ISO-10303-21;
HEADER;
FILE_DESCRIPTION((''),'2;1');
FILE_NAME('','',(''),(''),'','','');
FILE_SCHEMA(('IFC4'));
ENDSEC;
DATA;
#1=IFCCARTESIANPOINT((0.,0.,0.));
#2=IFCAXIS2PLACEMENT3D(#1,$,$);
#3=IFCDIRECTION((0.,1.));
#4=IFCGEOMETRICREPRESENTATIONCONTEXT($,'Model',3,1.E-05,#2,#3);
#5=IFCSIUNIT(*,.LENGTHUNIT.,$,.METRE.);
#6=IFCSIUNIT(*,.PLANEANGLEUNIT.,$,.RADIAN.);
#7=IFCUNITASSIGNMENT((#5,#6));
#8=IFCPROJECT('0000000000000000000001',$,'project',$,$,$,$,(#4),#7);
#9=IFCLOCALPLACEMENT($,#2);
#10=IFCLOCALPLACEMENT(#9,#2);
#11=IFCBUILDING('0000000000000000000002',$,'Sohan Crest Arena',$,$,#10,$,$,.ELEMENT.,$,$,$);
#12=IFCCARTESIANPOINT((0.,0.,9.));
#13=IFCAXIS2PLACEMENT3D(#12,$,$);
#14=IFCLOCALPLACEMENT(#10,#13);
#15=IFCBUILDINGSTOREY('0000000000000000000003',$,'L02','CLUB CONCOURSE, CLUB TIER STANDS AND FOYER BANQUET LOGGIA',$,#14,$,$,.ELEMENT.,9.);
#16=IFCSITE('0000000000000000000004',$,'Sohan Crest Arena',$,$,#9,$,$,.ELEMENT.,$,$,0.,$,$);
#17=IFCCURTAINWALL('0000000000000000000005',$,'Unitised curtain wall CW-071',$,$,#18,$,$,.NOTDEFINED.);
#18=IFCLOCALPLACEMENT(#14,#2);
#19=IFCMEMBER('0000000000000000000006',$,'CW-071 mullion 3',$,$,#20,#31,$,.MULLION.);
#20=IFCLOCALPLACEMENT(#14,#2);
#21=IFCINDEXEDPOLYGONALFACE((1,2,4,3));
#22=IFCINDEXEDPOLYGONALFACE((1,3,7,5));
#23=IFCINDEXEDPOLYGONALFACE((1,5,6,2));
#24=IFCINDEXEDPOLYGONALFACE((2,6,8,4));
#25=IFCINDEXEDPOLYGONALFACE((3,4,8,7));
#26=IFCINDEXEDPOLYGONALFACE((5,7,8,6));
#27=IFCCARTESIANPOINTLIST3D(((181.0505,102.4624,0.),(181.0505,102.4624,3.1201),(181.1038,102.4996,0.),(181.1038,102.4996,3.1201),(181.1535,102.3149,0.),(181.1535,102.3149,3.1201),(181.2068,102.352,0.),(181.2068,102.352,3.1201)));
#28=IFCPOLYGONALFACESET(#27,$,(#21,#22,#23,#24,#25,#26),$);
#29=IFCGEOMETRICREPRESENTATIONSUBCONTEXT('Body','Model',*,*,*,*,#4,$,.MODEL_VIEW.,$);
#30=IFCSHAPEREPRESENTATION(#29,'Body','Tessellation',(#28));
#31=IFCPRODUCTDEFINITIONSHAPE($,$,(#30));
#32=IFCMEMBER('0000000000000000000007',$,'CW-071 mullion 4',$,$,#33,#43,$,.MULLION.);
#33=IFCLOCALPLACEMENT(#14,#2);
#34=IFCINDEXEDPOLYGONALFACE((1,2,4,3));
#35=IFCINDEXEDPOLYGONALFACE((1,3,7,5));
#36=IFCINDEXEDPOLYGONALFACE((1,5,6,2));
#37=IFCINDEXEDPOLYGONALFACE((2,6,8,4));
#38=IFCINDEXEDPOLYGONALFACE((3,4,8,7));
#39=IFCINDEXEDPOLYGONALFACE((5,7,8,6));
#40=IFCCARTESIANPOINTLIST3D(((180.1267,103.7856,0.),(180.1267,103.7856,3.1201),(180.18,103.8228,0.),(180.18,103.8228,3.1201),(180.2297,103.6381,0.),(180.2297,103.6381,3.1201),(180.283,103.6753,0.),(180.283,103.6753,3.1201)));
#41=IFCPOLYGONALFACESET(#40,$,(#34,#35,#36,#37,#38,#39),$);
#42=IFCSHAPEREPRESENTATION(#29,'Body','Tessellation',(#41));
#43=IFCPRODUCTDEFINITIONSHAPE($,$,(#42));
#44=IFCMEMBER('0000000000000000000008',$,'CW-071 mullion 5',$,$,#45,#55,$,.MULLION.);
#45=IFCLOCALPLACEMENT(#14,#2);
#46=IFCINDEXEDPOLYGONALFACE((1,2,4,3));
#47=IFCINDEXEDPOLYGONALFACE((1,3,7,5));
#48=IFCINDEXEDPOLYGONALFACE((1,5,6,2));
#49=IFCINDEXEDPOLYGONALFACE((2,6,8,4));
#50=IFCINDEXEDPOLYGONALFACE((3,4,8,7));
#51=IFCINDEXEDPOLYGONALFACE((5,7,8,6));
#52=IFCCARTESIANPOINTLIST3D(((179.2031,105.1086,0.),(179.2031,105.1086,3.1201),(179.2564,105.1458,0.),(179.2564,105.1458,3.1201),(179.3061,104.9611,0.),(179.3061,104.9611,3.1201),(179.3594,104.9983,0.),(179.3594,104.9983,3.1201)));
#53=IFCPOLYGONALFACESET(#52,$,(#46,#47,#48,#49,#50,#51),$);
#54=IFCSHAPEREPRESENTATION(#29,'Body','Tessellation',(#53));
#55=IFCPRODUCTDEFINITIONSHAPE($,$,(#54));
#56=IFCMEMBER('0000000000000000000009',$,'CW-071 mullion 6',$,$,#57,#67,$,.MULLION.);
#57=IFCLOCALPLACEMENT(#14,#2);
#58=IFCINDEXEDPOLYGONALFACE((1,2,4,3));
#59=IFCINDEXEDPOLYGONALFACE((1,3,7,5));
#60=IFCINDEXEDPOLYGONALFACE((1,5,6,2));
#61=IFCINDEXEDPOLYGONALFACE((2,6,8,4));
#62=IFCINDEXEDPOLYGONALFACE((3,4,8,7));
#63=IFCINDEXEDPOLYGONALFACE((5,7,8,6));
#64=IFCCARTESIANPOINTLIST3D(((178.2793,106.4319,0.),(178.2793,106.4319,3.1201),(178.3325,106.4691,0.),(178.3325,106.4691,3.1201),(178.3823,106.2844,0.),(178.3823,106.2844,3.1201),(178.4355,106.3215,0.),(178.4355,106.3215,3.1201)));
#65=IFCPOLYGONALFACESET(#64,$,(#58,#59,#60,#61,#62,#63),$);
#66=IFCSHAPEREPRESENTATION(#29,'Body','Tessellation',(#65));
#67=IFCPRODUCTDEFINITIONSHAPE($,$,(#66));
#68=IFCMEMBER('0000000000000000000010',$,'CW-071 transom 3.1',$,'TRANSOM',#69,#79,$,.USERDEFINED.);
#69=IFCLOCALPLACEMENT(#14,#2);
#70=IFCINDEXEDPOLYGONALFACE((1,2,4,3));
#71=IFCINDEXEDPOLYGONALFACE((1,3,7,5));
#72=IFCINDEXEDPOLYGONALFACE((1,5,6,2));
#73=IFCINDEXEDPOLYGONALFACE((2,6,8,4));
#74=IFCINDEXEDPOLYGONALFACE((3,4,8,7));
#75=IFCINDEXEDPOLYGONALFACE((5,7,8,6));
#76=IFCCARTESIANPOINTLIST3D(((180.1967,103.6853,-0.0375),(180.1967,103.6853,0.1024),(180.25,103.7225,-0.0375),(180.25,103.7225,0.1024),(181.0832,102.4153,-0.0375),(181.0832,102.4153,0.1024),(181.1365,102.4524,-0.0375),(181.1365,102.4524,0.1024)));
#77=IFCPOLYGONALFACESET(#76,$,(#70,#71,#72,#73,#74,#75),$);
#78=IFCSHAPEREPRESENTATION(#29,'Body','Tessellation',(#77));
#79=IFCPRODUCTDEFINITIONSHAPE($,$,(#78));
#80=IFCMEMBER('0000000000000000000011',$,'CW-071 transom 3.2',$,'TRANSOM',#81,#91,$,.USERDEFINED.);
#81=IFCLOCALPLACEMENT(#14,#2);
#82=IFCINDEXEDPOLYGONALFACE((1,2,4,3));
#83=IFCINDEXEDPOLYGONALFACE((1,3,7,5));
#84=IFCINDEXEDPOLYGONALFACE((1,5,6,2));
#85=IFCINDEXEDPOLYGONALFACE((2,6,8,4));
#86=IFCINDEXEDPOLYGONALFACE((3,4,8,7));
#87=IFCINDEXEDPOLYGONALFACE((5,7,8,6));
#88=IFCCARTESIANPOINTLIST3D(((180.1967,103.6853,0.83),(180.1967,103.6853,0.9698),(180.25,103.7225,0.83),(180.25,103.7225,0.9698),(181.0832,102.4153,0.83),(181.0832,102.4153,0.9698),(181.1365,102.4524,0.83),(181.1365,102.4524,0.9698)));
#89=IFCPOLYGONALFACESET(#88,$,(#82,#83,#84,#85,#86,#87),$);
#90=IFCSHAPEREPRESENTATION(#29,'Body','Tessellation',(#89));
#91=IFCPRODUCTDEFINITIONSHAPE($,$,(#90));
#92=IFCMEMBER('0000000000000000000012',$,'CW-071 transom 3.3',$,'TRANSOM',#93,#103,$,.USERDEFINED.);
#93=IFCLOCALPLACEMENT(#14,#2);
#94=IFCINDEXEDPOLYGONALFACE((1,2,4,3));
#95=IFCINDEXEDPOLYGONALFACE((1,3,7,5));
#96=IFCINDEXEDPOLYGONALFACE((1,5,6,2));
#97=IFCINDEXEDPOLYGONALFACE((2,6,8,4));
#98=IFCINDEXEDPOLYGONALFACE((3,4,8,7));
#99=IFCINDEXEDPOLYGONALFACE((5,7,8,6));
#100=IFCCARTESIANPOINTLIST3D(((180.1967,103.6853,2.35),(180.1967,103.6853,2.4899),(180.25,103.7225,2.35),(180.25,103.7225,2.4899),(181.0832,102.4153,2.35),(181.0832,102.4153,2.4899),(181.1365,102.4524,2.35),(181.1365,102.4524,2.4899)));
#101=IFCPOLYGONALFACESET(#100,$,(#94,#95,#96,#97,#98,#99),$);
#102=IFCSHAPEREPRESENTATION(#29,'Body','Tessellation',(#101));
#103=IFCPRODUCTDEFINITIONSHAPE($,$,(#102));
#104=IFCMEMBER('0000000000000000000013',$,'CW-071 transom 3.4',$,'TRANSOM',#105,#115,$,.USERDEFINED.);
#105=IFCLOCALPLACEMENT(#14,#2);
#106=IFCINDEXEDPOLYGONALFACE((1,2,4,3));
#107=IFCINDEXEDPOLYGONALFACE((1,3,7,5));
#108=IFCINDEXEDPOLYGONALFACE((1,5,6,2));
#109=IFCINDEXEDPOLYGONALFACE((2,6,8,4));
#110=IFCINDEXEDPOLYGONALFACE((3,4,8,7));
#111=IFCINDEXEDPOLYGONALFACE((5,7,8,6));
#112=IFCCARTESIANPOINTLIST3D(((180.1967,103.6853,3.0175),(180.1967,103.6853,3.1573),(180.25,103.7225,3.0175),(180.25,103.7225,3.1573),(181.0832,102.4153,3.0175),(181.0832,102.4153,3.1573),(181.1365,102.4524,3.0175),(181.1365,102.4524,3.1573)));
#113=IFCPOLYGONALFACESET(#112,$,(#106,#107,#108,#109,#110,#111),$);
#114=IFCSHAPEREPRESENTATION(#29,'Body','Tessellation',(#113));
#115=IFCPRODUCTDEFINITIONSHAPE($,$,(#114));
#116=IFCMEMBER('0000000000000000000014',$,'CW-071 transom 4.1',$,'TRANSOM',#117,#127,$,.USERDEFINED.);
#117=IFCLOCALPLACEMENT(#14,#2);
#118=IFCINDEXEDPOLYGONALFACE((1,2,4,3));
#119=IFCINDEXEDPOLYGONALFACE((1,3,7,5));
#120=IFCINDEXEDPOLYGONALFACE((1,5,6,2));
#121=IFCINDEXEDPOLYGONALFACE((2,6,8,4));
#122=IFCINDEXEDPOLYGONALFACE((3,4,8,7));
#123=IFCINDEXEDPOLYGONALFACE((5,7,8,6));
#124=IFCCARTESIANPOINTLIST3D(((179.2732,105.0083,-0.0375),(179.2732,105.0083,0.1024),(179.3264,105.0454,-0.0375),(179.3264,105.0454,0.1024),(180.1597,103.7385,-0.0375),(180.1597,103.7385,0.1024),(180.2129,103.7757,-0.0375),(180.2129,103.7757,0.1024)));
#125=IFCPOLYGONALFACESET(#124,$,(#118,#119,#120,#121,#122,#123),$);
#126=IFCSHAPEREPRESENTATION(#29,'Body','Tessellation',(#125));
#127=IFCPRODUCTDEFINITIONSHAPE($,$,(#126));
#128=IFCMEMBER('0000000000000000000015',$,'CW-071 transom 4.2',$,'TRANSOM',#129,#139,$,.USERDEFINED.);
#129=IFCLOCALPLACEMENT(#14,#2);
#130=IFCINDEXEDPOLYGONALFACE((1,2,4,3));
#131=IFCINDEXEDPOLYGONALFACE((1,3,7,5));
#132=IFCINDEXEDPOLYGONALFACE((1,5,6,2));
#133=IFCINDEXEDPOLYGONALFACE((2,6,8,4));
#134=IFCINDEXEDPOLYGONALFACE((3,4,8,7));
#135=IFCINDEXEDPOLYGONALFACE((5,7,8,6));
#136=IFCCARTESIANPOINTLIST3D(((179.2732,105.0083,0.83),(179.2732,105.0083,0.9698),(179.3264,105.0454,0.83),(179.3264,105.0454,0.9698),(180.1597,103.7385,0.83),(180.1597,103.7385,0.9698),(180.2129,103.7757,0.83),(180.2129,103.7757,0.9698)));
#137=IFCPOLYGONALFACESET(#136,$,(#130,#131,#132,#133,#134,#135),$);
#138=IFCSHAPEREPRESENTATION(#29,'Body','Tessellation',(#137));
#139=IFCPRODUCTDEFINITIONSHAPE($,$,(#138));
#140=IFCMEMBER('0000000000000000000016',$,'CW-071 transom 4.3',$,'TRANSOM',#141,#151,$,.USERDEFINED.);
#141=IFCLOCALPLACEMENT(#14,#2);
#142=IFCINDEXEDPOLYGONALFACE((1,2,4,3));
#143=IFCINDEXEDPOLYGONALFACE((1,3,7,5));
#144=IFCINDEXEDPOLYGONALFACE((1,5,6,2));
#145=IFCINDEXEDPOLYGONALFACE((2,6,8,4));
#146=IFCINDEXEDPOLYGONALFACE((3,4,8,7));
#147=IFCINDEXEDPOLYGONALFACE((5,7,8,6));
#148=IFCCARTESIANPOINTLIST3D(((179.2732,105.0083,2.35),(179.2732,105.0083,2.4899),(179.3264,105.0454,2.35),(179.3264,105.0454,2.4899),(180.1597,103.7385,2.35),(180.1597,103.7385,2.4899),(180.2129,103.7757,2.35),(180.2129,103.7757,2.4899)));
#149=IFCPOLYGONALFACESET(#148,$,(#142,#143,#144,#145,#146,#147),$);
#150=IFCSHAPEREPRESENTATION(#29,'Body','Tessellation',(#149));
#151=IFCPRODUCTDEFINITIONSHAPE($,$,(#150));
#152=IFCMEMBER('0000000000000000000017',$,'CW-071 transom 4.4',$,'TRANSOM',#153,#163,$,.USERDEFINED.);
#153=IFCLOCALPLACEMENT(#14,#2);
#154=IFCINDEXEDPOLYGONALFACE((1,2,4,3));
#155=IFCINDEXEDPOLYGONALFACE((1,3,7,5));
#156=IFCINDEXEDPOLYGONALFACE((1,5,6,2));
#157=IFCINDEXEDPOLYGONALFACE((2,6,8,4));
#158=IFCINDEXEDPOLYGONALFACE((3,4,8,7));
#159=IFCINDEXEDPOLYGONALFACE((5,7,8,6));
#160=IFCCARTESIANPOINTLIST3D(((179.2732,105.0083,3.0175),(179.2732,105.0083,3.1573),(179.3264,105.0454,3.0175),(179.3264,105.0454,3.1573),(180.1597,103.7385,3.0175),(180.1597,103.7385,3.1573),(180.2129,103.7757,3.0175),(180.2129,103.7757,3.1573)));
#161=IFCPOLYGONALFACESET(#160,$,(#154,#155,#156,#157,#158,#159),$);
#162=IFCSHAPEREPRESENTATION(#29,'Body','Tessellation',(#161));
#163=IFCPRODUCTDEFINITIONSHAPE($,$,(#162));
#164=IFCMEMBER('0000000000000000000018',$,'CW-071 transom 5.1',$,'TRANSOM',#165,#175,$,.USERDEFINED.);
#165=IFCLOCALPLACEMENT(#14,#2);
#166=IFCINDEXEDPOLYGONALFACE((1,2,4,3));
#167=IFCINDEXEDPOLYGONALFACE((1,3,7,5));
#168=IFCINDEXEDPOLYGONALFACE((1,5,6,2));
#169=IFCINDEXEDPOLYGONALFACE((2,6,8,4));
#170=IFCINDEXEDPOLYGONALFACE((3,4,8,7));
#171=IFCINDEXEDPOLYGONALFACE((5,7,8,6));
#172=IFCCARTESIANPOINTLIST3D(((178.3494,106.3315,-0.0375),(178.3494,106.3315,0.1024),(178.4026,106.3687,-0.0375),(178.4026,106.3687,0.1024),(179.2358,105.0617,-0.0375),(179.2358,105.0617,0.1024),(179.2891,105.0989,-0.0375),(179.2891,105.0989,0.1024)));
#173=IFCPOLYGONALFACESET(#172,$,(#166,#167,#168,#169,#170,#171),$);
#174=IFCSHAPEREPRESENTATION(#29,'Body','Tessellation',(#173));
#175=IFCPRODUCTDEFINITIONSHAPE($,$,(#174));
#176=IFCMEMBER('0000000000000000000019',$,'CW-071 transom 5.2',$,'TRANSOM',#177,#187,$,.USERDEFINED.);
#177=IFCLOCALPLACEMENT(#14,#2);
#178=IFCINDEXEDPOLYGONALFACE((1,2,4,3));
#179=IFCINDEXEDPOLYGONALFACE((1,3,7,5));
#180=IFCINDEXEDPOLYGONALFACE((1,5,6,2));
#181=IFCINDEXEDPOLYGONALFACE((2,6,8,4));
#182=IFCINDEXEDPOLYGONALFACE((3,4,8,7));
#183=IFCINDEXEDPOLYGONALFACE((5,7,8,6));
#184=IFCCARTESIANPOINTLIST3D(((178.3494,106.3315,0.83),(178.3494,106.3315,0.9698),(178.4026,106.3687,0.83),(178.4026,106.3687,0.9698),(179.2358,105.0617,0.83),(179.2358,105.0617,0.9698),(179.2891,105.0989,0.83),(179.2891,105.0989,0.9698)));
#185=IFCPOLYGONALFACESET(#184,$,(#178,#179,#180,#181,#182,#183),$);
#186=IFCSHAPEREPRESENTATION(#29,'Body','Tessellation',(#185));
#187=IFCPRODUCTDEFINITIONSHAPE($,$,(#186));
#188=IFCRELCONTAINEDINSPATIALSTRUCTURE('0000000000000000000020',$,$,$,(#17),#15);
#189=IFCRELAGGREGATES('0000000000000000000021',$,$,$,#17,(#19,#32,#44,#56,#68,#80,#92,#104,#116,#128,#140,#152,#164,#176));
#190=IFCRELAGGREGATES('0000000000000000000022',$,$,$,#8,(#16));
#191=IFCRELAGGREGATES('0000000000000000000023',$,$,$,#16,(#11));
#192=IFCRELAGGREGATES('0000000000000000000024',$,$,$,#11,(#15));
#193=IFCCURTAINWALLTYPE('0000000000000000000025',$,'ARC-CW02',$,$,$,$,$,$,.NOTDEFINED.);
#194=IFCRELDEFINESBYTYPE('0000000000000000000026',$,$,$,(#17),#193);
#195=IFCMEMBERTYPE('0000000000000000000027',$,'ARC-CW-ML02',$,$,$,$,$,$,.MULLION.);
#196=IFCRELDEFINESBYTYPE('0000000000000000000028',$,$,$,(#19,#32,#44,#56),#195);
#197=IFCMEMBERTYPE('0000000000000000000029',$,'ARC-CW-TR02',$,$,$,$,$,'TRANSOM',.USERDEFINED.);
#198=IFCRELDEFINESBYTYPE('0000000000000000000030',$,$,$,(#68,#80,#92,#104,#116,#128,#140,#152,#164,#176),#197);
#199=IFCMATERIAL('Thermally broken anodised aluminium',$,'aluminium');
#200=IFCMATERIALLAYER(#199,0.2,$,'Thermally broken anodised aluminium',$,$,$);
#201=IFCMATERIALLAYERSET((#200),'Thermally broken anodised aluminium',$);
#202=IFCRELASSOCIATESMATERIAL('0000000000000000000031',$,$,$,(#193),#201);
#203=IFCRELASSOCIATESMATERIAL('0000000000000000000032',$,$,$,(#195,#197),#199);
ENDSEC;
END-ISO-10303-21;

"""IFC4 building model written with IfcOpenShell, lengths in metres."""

from ifc_helpers import new_model, si_unit, direction, frame, origin, origin_2d, place, context, subcontext, project, spatial, rectangle, extrude, material, layer, layer_set, material_profile, profile_set, type_object, element, aggregate, save


model = new_model("IFC4")

# Units and contexts
model_context = context("Model", 3, precision=1e-05, world=origin(), true_north=direction((0.0, 1.0)))
body_context = subcontext(model_context, "Body", "Model", "MODEL_VIEW")
ifc_project = project(units=[si_unit("LENGTHUNIT", "METRE"), si_unit("PLANEANGLEUNIT", "RADIAN")], contexts=[model_context])

# Site, building, storey
site_placement = place(None, origin())
site = spatial("IfcSite", under=ifc_project, at=site_placement, Name="Sohan Crest Arena", CompositionType="ELEMENT", RefElevation=0.0)
building_placement = place(site_placement, origin())
building = spatial("IfcBuilding", under=site, at=building_placement, Name="Sohan Crest Arena", CompositionType="ELEMENT")
storey_placement = place(building_placement, frame((0.0, 0.0, 9.0)))
storey = spatial("IfcBuildingStorey", under=building, at=storey_placement, Name="L02", Description="CLUB CONCOURSE, CLUB TIER STANDS AND FOYER BANQUET LOGGIA", CompositionType="ELEMENT", Elevation=9.0)

# Curtain wall, members
ifc_material_1 = material(Name="Thermally broken anodised aluminium", Category="aluminium")
ifc_layer_1 = layer(ifc_material_1, 0.2, Name="Thermally broken anodised aluminium")
ifc_layer_set_1 = layer_set([ifc_layer_1], Name="Thermally broken anodised aluminium")
curtain_wall_type = type_object("IfcCurtainWallType", Name="ARC-CW02", PredefinedType="NOTDEFINED", material=ifc_layer_set_1)
curtain_wall_placement = place(storey_placement, origin())
curtain_wall = element("IfcCurtainWall", 1, at=curtain_wall_placement, inside=storey, type_object=curtain_wall_type, Name="Unitised curtain wall CW-071", PredefinedType="NOTDEFINED")
ifc_material_profile_1 = material_profile(ifc_material_1, rectangle(XDim=0.0649, YDim=0.1799, at=origin_2d()), Name="ALU-MULL 65x180")
ifc_profile_set_1 = profile_set([ifc_material_profile_1], Name="Thermally broken anodised aluminium")
member_type_1 = type_object("IfcMemberType", Name="ARC-CW-ML02", PredefinedType="MULLION", material=ifc_profile_set_1)
member_1_placement = place(storey_placement, frame((181.1287, 102.4072, 0.0), z_axis=(0.0, 0.0, 1.0), x_axis=(-0.819955, -0.572428, 0.0)))
member_1 = element("IfcMember", 2, at=member_1_placement, type_object=member_type_1, Name="CW-071 mullion 3", PredefinedType="MULLION", context=body_context, shape_type="SweptSolid", body=[
    extrude(rectangle(XDim=0.0649, YDim=0.1799, at=origin_2d()), origin(), (0.0, 0.0, 1.0), 3.1201),
])
member_2_placement = place(storey_placement, frame((180.2048, 103.7305, 0.0), z_axis=(0.0, 0.0, 1.0), x_axis=(-0.819955, -0.572428, 0.0)))
member_2 = element("IfcMember", 3, at=member_2_placement, type_object=member_type_1, Name="CW-071 mullion 4", PredefinedType="MULLION", context=body_context, shape_type="SweptSolid", body=[
    extrude(rectangle(XDim=0.0649, YDim=0.1799, at=origin_2d()), origin(), (0.0, 0.0, 1.0), 3.1201),
])
member_3_placement = place(storey_placement, frame((179.2812, 105.0535, 0.0), z_axis=(0.0, 0.0, 1.0), x_axis=(-0.819955, -0.572428, 0.0)))
member_3 = element("IfcMember", 4, at=member_3_placement, type_object=member_type_1, Name="CW-071 mullion 5", PredefinedType="MULLION", context=body_context, shape_type="SweptSolid", body=[
    extrude(rectangle(XDim=0.0649, YDim=0.1799, at=origin_2d()), origin(), (0.0, 0.0, 1.0), 3.1201),
])
member_4_placement = place(storey_placement, frame((178.3574, 106.3767, 0.0), z_axis=(0.0, 0.0, 1.0), x_axis=(-0.819955, -0.572428, 0.0)))
member_4 = element("IfcMember", 5, at=member_4_placement, type_object=member_type_1, Name="CW-071 mullion 6", PredefinedType="MULLION", context=body_context, shape_type="SweptSolid", body=[
    extrude(rectangle(XDim=0.0649, YDim=0.1799, at=origin_2d()), origin(), (0.0, 0.0, 1.0), 3.1201),
])
ifc_material_profile_2 = material_profile(ifc_material_1, rectangle(XDim=0.0649, YDim=0.1399, at=origin_2d()), Name="ALU-TRAN 65x140")
ifc_profile_set_2 = profile_set([ifc_material_profile_2], Name="Thermally broken anodised aluminium")
member_type_2 = type_object("IfcMemberType", Name="ARC-CW-TR02", ElementType="TRANSOM", PredefinedType="USERDEFINED", material=ifc_profile_set_2)
member_5_placement = place(storey_placement, frame((181.1099, 102.4338, 0.0325), z_axis=(-0.572362, 0.820001, 0.0), x_axis=(-0.820001, -0.572362, 0.0)))
member_5 = element("IfcMember", 6, at=member_5_placement, type_object=member_type_2, Name="CW-071 transom 3.1", ObjectType="TRANSOM", PredefinedType="USERDEFINED", context=body_context, shape_type="SweptSolid", body=[
    extrude(rectangle(XDim=0.0649, YDim=0.1399, at=origin_2d()), origin(), (0.0, 0.0, 1.0), 1.5488),
])
member_6_placement = place(storey_placement, frame((181.1099, 102.4338, 0.8999), z_axis=(-0.572362, 0.820001, 0.0), x_axis=(-0.820001, -0.572362, 0.0)))
member_6 = element("IfcMember", 7, at=member_6_placement, type_object=member_type_2, Name="CW-071 transom 3.2", ObjectType="TRANSOM", PredefinedType="USERDEFINED", context=body_context, shape_type="SweptSolid", body=[
    extrude(rectangle(XDim=0.0649, YDim=0.1399, at=origin_2d()), origin(), (0.0, 0.0, 1.0), 1.5488),
])
member_7_placement = place(storey_placement, frame((181.1099, 102.4338, 2.4199), z_axis=(-0.572362, 0.820001, 0.0), x_axis=(-0.820001, -0.572362, 0.0)))
member_7 = element("IfcMember", 8, at=member_7_placement, type_object=member_type_2, Name="CW-071 transom 3.3", ObjectType="TRANSOM", PredefinedType="USERDEFINED", context=body_context, shape_type="SweptSolid", body=[
    extrude(rectangle(XDim=0.0649, YDim=0.1399, at=origin_2d()), origin(), (0.0, 0.0, 1.0), 1.5488),
])
member_8_placement = place(storey_placement, frame((181.1099, 102.4338, 3.0874), z_axis=(-0.572362, 0.820001, 0.0), x_axis=(-0.820001, -0.572362, 0.0)))
member_8 = element("IfcMember", 9, at=member_8_placement, type_object=member_type_2, Name="CW-071 transom 3.4", ObjectType="TRANSOM", PredefinedType="USERDEFINED", context=body_context, shape_type="SweptSolid", body=[
    extrude(rectangle(XDim=0.0649, YDim=0.1399, at=origin_2d()), origin(), (0.0, 0.0, 1.0), 1.5488),
])
member_9_placement = place(storey_placement, frame((180.1863, 103.7571, 0.0325), z_axis=(-0.572436, 0.81995, 0.0), x_axis=(-0.81995, -0.572436, 0.0)))
member_9 = element("IfcMember", 10, at=member_9_placement, type_object=member_type_2, Name="CW-071 transom 4.1", ObjectType="TRANSOM", PredefinedType="USERDEFINED", context=body_context, shape_type="SweptSolid", body=[
    extrude(rectangle(XDim=0.0649, YDim=0.1399, at=origin_2d()), origin(), (0.0, 0.0, 1.0), 1.5486),
])
member_10_placement = place(storey_placement, frame((180.1863, 103.7571, 0.8999), z_axis=(-0.572436, 0.81995, 0.0), x_axis=(-0.81995, -0.572436, 0.0)))
member_10 = element("IfcMember", 11, at=member_10_placement, type_object=member_type_2, Name="CW-071 transom 4.2", ObjectType="TRANSOM", PredefinedType="USERDEFINED", context=body_context, shape_type="SweptSolid", body=[
    extrude(rectangle(XDim=0.0649, YDim=0.1399, at=origin_2d()), origin(), (0.0, 0.0, 1.0), 1.5486),
])
member_11_placement = place(storey_placement, frame((180.1863, 103.7571, 2.4199), z_axis=(-0.572436, 0.81995, 0.0), x_axis=(-0.81995, -0.572436, 0.0)))
member_11 = element("IfcMember", 12, at=member_11_placement, type_object=member_type_2, Name="CW-071 transom 4.3", ObjectType="TRANSOM", PredefinedType="USERDEFINED", context=body_context, shape_type="SweptSolid", body=[
    extrude(rectangle(XDim=0.0649, YDim=0.1399, at=origin_2d()), origin(), (0.0, 0.0, 1.0), 1.5486),
])
member_12_placement = place(storey_placement, frame((180.1863, 103.7571, 3.0874), z_axis=(-0.572436, 0.81995, 0.0), x_axis=(-0.81995, -0.572436, 0.0)))
member_12 = element("IfcMember", 13, at=member_12_placement, type_object=member_type_2, Name="CW-071 transom 4.4", ObjectType="TRANSOM", PredefinedType="USERDEFINED", context=body_context, shape_type="SweptSolid", body=[
    extrude(rectangle(XDim=0.0649, YDim=0.1399, at=origin_2d()), origin(), (0.0, 0.0, 1.0), 1.5486),
])
member_13_placement = place(storey_placement, frame((179.2625, 105.0803, 0.0325), z_axis=(-0.572436, 0.81995, 0.0), x_axis=(-0.81995, -0.572436, 0.0)))
member_13 = element("IfcMember", 14, at=member_13_placement, type_object=member_type_2, Name="CW-071 transom 5.1", ObjectType="TRANSOM", PredefinedType="USERDEFINED", context=body_context, shape_type="SweptSolid", body=[
    extrude(rectangle(XDim=0.0649, YDim=0.1399, at=origin_2d()), origin(), (0.0, 0.0, 1.0), 1.5486),
])
member_14_placement = place(storey_placement, frame((179.2625, 105.0803, 0.8999), z_axis=(-0.572436, 0.81995, 0.0), x_axis=(-0.81995, -0.572436, 0.0)))
member_14 = element("IfcMember", 15, at=member_14_placement, type_object=member_type_2, Name="CW-071 transom 5.2", ObjectType="TRANSOM", PredefinedType="USERDEFINED", context=body_context, shape_type="SweptSolid", body=[
    extrude(rectangle(XDim=0.0649, YDim=0.1399, at=origin_2d()), origin(), (0.0, 0.0, 1.0), 1.5486),
])
aggregate(curtain_wall, [member_1, member_2, member_3, member_4, member_5, member_6, member_7, member_8, member_9, member_10, member_11, member_12, member_13, member_14])

save(model, "model.ifc")
